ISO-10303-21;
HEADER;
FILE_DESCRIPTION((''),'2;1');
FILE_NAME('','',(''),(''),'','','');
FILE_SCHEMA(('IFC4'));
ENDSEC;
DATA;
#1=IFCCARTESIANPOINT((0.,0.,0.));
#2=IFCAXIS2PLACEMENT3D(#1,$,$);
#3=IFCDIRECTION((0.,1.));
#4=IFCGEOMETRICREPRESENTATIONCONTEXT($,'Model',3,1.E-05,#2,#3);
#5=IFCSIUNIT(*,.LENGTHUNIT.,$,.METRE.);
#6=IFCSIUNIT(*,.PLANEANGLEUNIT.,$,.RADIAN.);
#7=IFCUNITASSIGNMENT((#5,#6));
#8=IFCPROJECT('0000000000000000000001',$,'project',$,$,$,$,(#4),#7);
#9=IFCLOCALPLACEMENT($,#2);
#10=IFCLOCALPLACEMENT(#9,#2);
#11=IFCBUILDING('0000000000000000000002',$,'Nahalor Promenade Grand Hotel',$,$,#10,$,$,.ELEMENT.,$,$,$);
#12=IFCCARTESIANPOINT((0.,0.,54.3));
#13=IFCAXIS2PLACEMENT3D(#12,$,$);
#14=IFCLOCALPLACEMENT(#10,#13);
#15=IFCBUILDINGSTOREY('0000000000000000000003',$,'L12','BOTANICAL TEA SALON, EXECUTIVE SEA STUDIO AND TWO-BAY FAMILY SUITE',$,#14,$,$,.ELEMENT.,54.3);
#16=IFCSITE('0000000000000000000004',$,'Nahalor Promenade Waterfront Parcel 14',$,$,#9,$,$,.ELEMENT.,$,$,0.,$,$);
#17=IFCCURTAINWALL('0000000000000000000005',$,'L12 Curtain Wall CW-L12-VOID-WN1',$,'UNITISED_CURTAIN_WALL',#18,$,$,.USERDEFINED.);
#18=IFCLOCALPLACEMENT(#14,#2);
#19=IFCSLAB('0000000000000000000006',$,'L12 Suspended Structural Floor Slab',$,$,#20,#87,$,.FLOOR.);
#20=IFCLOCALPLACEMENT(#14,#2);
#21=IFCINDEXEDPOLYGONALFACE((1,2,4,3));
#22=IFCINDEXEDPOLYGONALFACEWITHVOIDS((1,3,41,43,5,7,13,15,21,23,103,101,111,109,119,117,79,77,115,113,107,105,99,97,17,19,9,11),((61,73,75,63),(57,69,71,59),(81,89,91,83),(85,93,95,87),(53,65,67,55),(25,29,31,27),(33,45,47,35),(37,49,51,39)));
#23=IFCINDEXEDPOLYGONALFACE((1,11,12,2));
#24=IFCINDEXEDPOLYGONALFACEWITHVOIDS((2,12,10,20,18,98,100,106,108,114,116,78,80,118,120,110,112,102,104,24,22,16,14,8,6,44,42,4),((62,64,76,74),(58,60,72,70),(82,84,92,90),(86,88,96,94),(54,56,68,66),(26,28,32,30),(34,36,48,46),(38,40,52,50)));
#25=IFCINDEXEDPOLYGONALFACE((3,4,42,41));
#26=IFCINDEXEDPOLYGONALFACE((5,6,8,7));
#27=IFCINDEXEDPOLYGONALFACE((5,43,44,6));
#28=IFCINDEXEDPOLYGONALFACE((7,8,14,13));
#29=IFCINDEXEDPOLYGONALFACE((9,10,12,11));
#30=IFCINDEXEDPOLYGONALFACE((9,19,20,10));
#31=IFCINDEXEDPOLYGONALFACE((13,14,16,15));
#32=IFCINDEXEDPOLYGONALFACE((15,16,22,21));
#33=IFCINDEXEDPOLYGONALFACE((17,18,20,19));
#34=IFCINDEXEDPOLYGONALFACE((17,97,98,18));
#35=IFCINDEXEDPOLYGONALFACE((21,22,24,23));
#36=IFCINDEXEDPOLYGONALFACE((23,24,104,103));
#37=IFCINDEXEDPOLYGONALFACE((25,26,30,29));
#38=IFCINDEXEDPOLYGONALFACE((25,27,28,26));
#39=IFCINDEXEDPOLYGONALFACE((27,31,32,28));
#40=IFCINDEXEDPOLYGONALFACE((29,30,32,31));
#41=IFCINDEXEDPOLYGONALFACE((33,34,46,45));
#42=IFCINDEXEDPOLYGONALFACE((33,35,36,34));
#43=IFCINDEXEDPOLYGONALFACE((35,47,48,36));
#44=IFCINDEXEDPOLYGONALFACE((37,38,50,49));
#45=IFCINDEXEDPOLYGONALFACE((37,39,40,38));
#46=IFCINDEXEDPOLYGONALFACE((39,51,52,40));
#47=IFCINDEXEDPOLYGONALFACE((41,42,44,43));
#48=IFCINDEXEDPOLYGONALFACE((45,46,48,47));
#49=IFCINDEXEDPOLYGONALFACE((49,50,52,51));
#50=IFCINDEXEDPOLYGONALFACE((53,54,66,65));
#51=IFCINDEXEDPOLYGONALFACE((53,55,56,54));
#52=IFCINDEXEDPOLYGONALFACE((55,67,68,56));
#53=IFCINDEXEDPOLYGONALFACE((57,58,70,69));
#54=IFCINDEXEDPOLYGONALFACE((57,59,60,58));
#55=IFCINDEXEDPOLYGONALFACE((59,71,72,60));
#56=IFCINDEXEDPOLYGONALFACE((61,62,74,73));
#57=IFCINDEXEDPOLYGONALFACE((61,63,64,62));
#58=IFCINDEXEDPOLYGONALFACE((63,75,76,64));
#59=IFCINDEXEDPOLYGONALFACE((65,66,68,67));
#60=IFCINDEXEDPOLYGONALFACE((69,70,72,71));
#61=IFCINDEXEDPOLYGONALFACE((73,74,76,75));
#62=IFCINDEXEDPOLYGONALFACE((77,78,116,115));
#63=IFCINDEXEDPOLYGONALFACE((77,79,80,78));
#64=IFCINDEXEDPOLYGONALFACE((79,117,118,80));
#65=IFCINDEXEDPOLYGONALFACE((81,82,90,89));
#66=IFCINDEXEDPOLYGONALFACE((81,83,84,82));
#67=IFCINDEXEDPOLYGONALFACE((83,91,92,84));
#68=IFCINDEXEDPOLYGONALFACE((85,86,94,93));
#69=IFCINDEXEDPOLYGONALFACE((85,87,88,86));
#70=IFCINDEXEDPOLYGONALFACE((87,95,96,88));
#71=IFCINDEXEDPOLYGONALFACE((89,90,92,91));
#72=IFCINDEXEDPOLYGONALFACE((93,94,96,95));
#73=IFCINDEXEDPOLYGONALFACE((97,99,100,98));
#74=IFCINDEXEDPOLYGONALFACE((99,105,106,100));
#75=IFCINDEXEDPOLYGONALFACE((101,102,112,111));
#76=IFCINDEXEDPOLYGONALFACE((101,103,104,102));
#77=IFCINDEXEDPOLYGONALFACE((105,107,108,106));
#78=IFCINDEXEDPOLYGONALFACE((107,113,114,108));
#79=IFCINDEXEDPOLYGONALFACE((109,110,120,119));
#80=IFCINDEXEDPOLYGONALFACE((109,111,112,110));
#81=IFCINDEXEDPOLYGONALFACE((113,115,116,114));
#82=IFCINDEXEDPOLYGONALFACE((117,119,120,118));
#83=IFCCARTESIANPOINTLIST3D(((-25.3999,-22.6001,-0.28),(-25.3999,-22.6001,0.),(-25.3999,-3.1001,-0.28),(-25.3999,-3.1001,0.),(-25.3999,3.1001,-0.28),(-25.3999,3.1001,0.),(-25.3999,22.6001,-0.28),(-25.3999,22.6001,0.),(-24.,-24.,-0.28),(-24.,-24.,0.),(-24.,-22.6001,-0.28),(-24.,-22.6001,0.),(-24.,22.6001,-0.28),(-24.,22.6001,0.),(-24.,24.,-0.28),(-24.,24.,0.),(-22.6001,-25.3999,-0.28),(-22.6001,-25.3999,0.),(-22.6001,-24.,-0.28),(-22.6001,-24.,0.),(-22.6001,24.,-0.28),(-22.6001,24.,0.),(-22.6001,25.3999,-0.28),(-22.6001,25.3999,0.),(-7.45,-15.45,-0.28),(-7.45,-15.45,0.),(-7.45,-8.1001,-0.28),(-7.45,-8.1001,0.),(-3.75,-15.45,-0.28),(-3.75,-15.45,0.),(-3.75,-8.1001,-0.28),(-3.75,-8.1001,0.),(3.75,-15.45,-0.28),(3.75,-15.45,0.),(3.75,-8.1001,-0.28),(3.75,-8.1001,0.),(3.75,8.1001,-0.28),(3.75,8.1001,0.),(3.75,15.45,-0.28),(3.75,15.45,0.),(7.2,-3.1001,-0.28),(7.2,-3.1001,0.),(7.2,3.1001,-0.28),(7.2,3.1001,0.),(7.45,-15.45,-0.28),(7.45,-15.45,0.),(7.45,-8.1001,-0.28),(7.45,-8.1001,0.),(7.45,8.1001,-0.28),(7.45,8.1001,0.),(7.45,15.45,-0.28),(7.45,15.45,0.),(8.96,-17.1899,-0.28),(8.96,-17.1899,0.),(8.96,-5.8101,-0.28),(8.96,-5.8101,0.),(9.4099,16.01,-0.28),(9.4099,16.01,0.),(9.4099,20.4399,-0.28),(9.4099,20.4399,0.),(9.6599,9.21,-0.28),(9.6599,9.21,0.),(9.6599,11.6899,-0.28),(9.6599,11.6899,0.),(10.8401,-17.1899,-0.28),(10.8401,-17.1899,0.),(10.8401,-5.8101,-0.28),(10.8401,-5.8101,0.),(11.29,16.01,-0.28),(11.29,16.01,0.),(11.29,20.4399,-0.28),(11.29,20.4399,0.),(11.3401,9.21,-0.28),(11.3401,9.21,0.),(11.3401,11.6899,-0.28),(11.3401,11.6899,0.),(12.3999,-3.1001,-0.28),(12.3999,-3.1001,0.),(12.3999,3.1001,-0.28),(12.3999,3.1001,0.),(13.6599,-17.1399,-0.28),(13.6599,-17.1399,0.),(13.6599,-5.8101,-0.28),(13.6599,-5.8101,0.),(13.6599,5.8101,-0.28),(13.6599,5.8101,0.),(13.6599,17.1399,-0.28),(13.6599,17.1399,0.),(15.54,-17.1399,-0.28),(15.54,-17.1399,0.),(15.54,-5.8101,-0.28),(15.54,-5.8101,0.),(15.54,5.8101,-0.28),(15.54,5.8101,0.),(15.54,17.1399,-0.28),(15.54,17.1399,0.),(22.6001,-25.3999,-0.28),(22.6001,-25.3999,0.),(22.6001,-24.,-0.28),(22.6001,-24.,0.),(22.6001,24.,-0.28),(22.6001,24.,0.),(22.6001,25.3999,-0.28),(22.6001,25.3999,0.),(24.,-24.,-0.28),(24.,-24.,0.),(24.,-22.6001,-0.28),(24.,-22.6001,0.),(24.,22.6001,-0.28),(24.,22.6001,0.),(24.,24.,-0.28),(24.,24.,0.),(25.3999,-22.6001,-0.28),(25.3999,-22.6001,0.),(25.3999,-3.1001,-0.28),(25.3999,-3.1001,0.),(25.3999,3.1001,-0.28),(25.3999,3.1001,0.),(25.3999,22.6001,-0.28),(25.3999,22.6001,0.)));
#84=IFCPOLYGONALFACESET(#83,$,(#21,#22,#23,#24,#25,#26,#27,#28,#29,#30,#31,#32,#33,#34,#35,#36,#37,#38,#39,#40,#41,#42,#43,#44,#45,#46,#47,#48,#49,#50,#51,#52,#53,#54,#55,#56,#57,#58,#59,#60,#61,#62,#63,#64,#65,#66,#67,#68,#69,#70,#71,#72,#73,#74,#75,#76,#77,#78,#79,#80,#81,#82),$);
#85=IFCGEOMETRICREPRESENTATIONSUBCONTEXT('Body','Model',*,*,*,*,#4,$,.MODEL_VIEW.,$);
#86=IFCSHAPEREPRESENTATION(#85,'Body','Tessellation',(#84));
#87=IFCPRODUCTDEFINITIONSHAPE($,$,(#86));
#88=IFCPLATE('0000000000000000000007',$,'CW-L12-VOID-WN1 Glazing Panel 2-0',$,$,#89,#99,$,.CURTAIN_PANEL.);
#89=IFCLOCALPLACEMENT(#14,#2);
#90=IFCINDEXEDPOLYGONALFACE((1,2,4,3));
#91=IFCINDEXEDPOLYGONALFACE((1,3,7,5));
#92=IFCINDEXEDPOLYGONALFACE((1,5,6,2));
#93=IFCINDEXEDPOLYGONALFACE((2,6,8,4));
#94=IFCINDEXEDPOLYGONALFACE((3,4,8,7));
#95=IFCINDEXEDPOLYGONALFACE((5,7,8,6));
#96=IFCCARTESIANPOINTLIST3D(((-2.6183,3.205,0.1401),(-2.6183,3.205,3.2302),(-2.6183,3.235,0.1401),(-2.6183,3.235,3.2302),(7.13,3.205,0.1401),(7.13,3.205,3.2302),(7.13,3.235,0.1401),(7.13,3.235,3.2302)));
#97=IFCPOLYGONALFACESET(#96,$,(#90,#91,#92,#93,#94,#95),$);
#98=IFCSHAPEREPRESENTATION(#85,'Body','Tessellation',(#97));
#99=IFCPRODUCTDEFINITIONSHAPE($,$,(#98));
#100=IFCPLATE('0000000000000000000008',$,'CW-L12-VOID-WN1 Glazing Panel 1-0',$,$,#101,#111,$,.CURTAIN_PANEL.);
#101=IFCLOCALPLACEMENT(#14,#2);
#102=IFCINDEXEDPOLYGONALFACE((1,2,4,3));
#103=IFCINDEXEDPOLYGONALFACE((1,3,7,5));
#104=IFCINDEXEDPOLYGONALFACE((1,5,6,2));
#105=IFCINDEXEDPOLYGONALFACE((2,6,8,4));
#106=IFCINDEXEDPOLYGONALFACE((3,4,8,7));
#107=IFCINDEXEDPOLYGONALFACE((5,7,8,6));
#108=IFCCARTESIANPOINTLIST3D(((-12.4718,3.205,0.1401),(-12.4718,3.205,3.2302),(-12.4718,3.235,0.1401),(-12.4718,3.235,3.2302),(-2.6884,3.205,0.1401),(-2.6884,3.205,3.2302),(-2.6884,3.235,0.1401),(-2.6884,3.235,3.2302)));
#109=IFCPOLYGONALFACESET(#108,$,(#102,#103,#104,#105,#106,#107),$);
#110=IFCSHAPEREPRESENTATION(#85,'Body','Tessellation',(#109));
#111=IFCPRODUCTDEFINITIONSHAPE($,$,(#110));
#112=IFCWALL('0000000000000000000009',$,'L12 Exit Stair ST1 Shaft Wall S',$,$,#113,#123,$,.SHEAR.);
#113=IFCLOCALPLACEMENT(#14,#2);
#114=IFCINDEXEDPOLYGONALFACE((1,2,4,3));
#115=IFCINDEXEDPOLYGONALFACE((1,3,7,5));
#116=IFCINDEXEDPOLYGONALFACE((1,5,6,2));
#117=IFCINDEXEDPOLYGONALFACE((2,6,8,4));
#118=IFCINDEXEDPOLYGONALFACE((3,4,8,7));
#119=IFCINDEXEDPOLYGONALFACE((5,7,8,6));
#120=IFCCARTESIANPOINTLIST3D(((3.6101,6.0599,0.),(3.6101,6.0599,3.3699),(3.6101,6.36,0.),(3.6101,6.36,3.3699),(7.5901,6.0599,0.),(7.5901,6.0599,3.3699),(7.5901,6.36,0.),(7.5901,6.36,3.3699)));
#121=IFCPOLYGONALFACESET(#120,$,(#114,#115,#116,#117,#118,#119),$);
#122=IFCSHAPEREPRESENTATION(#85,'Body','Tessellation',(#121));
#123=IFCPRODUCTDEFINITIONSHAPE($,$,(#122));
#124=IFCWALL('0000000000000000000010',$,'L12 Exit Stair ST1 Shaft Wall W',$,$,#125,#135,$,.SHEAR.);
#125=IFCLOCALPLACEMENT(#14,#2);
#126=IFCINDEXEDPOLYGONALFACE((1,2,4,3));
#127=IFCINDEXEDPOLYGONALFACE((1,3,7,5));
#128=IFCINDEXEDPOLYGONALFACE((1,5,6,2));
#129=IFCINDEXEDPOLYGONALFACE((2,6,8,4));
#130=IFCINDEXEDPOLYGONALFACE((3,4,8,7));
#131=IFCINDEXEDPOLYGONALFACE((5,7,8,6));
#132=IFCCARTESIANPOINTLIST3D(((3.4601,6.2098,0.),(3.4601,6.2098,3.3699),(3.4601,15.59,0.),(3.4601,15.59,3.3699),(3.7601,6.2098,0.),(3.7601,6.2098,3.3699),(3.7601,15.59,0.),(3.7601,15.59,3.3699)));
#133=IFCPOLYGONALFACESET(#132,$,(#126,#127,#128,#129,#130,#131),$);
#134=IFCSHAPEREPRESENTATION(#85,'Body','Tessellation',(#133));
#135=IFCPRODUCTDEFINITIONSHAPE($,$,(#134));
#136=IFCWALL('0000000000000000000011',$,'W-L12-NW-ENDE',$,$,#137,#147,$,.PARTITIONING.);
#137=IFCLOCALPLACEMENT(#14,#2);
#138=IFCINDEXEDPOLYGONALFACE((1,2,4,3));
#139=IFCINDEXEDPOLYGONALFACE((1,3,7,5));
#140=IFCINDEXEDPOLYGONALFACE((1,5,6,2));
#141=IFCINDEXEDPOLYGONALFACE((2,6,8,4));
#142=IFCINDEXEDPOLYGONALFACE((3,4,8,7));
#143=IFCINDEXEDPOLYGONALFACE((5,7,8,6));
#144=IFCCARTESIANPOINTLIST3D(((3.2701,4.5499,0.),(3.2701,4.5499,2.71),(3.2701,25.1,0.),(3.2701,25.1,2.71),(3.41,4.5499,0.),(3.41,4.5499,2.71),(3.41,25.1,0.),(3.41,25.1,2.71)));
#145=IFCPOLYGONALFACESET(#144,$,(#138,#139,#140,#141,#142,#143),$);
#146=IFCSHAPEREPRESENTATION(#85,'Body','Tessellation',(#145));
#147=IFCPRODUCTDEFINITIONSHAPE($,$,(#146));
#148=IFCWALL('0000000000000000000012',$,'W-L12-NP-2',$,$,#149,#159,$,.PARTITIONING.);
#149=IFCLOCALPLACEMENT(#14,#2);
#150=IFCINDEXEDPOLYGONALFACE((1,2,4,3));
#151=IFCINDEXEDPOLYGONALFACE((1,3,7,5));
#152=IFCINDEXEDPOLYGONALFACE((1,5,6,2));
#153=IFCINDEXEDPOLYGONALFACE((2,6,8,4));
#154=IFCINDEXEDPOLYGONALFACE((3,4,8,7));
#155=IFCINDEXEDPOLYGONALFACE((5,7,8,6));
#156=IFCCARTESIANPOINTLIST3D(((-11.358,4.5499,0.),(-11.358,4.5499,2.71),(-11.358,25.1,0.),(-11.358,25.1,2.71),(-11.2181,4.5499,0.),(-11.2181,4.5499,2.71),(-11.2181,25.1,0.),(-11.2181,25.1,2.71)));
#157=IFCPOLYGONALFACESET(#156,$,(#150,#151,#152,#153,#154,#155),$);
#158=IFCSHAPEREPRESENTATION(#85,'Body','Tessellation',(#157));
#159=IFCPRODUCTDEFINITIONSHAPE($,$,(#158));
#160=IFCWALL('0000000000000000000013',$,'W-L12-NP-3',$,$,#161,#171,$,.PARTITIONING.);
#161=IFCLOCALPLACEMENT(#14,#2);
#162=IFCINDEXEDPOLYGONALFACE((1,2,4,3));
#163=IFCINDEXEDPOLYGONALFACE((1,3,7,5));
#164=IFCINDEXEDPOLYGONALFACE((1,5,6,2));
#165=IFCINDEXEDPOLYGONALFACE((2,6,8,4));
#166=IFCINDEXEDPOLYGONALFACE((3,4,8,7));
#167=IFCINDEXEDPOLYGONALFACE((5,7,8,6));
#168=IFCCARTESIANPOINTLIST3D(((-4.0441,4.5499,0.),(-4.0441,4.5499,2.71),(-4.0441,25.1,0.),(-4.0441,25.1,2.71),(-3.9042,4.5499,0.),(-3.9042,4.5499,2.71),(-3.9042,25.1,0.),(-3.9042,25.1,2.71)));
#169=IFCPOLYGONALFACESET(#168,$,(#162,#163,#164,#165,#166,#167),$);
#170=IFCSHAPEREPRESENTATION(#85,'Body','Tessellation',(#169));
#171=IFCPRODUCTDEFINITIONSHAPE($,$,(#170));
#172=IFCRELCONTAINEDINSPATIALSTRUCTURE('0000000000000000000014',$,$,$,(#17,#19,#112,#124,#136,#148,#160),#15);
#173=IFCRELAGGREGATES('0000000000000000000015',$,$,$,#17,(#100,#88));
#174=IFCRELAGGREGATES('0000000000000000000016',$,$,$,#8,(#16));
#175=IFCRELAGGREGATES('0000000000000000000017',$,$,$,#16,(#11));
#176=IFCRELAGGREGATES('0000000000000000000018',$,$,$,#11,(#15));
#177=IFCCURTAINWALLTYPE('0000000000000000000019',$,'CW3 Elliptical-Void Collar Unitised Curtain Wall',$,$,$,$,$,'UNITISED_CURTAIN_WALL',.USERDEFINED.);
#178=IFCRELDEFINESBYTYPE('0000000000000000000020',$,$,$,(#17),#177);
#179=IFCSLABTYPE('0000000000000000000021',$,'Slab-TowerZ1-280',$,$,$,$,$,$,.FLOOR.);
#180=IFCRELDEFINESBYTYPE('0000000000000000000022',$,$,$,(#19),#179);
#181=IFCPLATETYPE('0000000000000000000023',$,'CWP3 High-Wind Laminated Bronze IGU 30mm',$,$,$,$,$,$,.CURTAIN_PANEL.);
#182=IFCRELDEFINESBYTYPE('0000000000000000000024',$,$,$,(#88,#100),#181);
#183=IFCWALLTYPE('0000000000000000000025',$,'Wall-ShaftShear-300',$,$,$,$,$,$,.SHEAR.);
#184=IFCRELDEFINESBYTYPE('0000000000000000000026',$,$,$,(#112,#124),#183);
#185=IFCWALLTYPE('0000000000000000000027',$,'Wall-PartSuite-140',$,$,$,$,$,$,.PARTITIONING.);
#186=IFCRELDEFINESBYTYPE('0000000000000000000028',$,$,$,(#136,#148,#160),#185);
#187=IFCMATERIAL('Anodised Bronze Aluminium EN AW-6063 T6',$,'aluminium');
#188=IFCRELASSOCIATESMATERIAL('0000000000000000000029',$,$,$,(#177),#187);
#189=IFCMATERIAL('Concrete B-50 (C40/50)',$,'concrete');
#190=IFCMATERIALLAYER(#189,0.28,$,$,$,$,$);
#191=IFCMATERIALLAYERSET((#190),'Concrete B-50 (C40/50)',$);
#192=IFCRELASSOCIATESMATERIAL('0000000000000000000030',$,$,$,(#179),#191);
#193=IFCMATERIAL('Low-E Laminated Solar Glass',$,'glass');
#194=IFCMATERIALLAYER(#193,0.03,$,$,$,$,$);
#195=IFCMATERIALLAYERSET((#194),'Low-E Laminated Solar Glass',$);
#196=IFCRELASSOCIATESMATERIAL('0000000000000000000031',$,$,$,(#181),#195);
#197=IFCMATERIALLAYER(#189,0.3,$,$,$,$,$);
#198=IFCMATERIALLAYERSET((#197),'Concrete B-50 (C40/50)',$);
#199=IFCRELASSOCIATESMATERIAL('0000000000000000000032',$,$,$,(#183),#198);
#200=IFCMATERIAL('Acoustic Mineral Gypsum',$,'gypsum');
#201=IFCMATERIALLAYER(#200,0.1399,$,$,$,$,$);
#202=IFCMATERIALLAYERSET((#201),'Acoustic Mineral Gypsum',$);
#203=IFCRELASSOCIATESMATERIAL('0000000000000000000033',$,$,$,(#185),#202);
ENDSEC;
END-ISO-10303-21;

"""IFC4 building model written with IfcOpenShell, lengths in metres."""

from ifc_helpers import new_model, si_unit, direction, frame, frame_2d, origin, origin_2d, place, context, subcontext, project, spatial, polyline, rectangle, outline, extrude, source, transform, mapped, material, layer, layer_set, type_object, element, aggregate, save


model = new_model("IFC4")

# Units and contexts
model_context = context("Model", 3, precision=1e-05, world=origin(), true_north=direction((0.0, 1.0)))
body_context = subcontext(model_context, "Body", "Model", "MODEL_VIEW")
ifc_project = project(units=[si_unit("LENGTHUNIT", "METRE"), si_unit("PLANEANGLEUNIT", "RADIAN")], contexts=[model_context])

# Site, building, storey
site_placement = place(None, origin())
site = spatial("IfcSite", under=ifc_project, at=site_placement, Name="Nahalor Promenade Waterfront Parcel 14", CompositionType="ELEMENT", RefElevation=0.0)
building_placement = place(site_placement, origin())
building = spatial("IfcBuilding", under=site, at=building_placement, Name="Nahalor Promenade Grand Hotel", CompositionType="ELEMENT")
storey_placement = place(building_placement, frame((0.0, 0.0, 54.3)))
storey = spatial("IfcBuildingStorey", under=building, at=storey_placement, Name="L12", Description="BOTANICAL TEA SALON, EXECUTIVE SEA STUDIO AND TWO-BAY FAMILY SUITE", CompositionType="ELEMENT", Elevation=54.3)

# Curtain wall
ifc_material_1 = material(Name="Anodised Bronze Aluminium EN AW-6063 T6", Category="aluminium")
curtain_wall_type = type_object("IfcCurtainWallType", Name="CW3 Elliptical-Void Collar Unitised Curtain Wall", ElementType="UNITISED_CURTAIN_WALL", PredefinedType="USERDEFINED", material=ifc_material_1)
curtain_wall_placement = place(storey_placement, origin())
curtain_wall = element("IfcCurtainWall", 1, at=curtain_wall_placement, inside=storey, type_object=curtain_wall_type, Name="L12 Curtain Wall CW-L12-VOID-WN1", ObjectType="UNITISED_CURTAIN_WALL", PredefinedType="USERDEFINED")

# Shared definitions
ifc_material_2 = material(Name="Concrete B-50 (C40/50)", Category="concrete")

# Slab
ifc_layer_1 = layer(ifc_material_2, 0.28)
ifc_layer_set_1 = layer_set([ifc_layer_1], Name="Concrete B-50 (C40/50)")
slab_type_1 = type_object("IfcSlabType", Name="Slab-TowerZ1-280", PredefinedType="FLOOR", material=ifc_layer_set_1)
slab_1_placement = place(storey_placement, frame((0.0, 0.0, -0.28)))
element("IfcSlab", 2, at=slab_1_placement, inside=storey, type_object=slab_type_1, Name="L12 Suspended Structural Floor Slab", PredefinedType="FLOOR", context=body_context, shape_type="SweptSolid", body=[
    extrude(outline(polyline([(-22.6001, -25.3999), (22.6001, -25.3999), (22.6001, -24.0), (24.0, -24.0), (24.0, -22.6001), (25.3999, -22.6001), (25.3999, -3.1001), (12.3999, -3.1001), (12.3999, 3.1001), (25.3999, 3.1001), (25.3999, 22.6001), (24.0, 22.6001), (24.0, 24.0), (22.6001, 24.0), (22.6001, 25.3999), (-22.6001, 25.3999), (-22.6001, 24.0), (-24.0, 24.0), (-24.0, 22.6001), (-25.3999, 22.6001), (-25.3999, 3.1001), (7.2, 3.1001), (7.2, -3.1001), (-25.3999, -3.1001), (-25.3999, -22.6001), (-24.0, -22.6001), (-24.0, -24.0), (-22.6001, -24.0), (-22.6001, -25.3999)]), holes=[polyline([(3.75, 8.1001), (7.45, 8.1001), (7.45, 15.45), (3.75, 15.45), (3.75, 8.1001)]), polyline([(3.75, -15.45), (7.45, -15.45), (7.45, -8.1001), (3.75, -8.1001), (3.75, -15.45)]), polyline([(-7.45, -15.45), (-3.75, -15.45), (-3.75, -8.1001), (-7.45, -8.1001), (-7.45, -15.45)]), polyline([(13.6599, 5.8101), (15.54, 5.8101), (15.54, 17.1399), (13.6599, 17.1399), (13.6599, 5.8101)]), polyline([(13.6599, -17.1399), (15.54, -17.1399), (15.54, -5.8101), (13.6599, -5.8101), (13.6599, -17.1399)]), polyline([(8.96, -17.1899), (10.8401, -17.1899), (10.8401, -5.8101), (8.96, -5.8101), (8.96, -17.1899)]), polyline([(9.4099, 16.01), (11.29, 16.01), (11.29, 20.4399), (9.4099, 20.4399), (9.4099, 16.01)]), polyline([(9.6599, 9.21), (11.3401, 9.21), (11.3401, 11.6899), (9.6599, 11.6899), (9.6599, 9.21)])]), origin(), (0.0, 0.0, 1.0), 0.28),
])

# Plates
ifc_material_3 = material(Name="Low-E Laminated Solar Glass", Category="glass")
ifc_layer_2 = layer(ifc_material_3, 0.03)
ifc_layer_set_2 = layer_set([ifc_layer_2], Name="Low-E Laminated Solar Glass")
plate_type = type_object("IfcPlateType", Name="CWP3 High-Wind Laminated Bronze IGU 30mm", PredefinedType="CURTAIN_PANEL", material=ifc_layer_set_2)
shared_shape_1 = source(origin(), body_context, "Body", "SweptSolid", [
    extrude(rectangle(XDim=9.7483, YDim=0.03, at=origin_2d()), origin(), (0.0, 0.0, 1.0), 3.0901),
])
plate_1_placement = place(storey_placement, frame((2.2559, 3.22, 0.1401), z_axis=(0.0, 0.0, 1.0), x_axis=(1.0, 0.0, 0.0)))
plate_1 = element("IfcPlate", 3, at=plate_1_placement, type_object=plate_type, Name="CW-L12-VOID-WN1 Glazing Panel 2-0", PredefinedType="CURTAIN_PANEL", context=body_context, shape_type="MappedRepresentation", body=[
    mapped(shared_shape_1, transform((0.0, 0.0, 0.0), scale=1.0)),
])
shared_shape_2 = source(origin(), body_context, "Body", "SweptSolid", [
    extrude(rectangle(XDim=9.7834, YDim=0.03, at=origin_2d()), origin(), (0.0, 0.0, 1.0), 3.0901),
])
plate_2_placement = place(storey_placement, frame((-7.5801, 3.22, 0.1401), z_axis=(0.0, 0.0, 1.0), x_axis=(1.0, 0.0, 0.0)))
plate_2 = element("IfcPlate", 4, at=plate_2_placement, type_object=plate_type, Name="CW-L12-VOID-WN1 Glazing Panel 1-0", PredefinedType="CURTAIN_PANEL", context=body_context, shape_type="MappedRepresentation", body=[
    mapped(shared_shape_2, transform((0.0, 0.0, 0.0), scale=1.0)),
])
aggregate(curtain_wall, [plate_2, plate_1])

# Walls
ifc_layer_3 = layer(ifc_material_2, 0.3)
ifc_layer_set_3 = layer_set([ifc_layer_3], Name="Concrete B-50 (C40/50)")
wall_type_1 = type_object("IfcWallType", Name="Wall-ShaftShear-300", PredefinedType="SHEAR", material=ifc_layer_set_3)
shared_shape_3 = source(origin(), body_context, "Body", "SweptSolid", [
    extrude(rectangle(XDim=3.98, YDim=0.3, at=frame_2d((1.99, 0.0))), origin(), (0.0, 0.0, 1.0), 3.3699),
])
wall_1_placement = place(storey_placement, frame((3.6101, 6.21, 0.0), z_axis=(0.0, 0.0, 1.0), x_axis=(1.0, 0.0, 0.0)))
element("IfcWall", 5, at=wall_1_placement, inside=storey, type_object=wall_type_1, Name="L12 Exit Stair ST1 Shaft Wall S", PredefinedType="SHEAR", context=body_context, shape_type="MappedRepresentation", body=[
    mapped(shared_shape_3, transform((0.0, 0.0, 0.0), scale=1.0)),
])
shared_shape_4 = source(origin(), body_context, "Body", "SweptSolid", [
    extrude(rectangle(XDim=9.3801, YDim=0.3, at=frame_2d((4.6899, 0.0))), origin(), (0.0, 0.0, 1.0), 3.3699),
])
wall_2_placement = place(storey_placement, frame((3.6101, 6.21, 0.0), z_axis=(0.0, 0.0, 1.0), x_axis=(0.0, 1.0, 0.0)))
element("IfcWall", 6, at=wall_2_placement, inside=storey, type_object=wall_type_1, Name="L12 Exit Stair ST1 Shaft Wall W", PredefinedType="SHEAR", context=body_context, shape_type="MappedRepresentation", body=[
    mapped(shared_shape_4, transform((0.0, 0.0, 0.0), scale=1.0)),
])
ifc_material_4 = material(Name="Acoustic Mineral Gypsum", Category="gypsum")
ifc_layer_4 = layer(ifc_material_4, 0.1399)
ifc_layer_set_4 = layer_set([ifc_layer_4], Name="Acoustic Mineral Gypsum")
wall_type_2 = type_object("IfcWallType", Name="Wall-PartSuite-140", PredefinedType="PARTITIONING", material=ifc_layer_set_4)
shared_shape_5 = source(origin(), body_context, "Body", "SweptSolid", [
    extrude(rectangle(XDim=20.55, YDim=0.1399, at=frame_2d((10.2749, 0.0))), origin(), (0.0, 0.0, 1.0), 2.71),
])
for number, where, z_axis, x_axis, name in (
    (7, (3.3401, 4.55, 0.0), (0.0, 0.0, 1.0), (0.0, 1.0, 0.0), "W-L12-NW-ENDE"),
    (8, (-11.2881, 4.55, 0.0), (0.0, 0.0, 1.0), (0.0, 1.0, 0.0), "W-L12-NP-2"),
    (9, (-3.9741, 4.55, 0.0), (0.0, 0.0, 1.0), (0.0, 1.0, 0.0), "W-L12-NP-3"),
):
    element("IfcWall", number, at=place(storey_placement, frame(where, z_axis=z_axis, x_axis=x_axis)), inside=storey, type_object=wall_type_2, Name=name, PredefinedType="PARTITIONING", context=body_context, shape_type="MappedRepresentation", body=[
        mapped(shared_shape_5, transform((0.0, 0.0, 0.0), scale=1.0)),
    ])

save(model, "model.ifc")
